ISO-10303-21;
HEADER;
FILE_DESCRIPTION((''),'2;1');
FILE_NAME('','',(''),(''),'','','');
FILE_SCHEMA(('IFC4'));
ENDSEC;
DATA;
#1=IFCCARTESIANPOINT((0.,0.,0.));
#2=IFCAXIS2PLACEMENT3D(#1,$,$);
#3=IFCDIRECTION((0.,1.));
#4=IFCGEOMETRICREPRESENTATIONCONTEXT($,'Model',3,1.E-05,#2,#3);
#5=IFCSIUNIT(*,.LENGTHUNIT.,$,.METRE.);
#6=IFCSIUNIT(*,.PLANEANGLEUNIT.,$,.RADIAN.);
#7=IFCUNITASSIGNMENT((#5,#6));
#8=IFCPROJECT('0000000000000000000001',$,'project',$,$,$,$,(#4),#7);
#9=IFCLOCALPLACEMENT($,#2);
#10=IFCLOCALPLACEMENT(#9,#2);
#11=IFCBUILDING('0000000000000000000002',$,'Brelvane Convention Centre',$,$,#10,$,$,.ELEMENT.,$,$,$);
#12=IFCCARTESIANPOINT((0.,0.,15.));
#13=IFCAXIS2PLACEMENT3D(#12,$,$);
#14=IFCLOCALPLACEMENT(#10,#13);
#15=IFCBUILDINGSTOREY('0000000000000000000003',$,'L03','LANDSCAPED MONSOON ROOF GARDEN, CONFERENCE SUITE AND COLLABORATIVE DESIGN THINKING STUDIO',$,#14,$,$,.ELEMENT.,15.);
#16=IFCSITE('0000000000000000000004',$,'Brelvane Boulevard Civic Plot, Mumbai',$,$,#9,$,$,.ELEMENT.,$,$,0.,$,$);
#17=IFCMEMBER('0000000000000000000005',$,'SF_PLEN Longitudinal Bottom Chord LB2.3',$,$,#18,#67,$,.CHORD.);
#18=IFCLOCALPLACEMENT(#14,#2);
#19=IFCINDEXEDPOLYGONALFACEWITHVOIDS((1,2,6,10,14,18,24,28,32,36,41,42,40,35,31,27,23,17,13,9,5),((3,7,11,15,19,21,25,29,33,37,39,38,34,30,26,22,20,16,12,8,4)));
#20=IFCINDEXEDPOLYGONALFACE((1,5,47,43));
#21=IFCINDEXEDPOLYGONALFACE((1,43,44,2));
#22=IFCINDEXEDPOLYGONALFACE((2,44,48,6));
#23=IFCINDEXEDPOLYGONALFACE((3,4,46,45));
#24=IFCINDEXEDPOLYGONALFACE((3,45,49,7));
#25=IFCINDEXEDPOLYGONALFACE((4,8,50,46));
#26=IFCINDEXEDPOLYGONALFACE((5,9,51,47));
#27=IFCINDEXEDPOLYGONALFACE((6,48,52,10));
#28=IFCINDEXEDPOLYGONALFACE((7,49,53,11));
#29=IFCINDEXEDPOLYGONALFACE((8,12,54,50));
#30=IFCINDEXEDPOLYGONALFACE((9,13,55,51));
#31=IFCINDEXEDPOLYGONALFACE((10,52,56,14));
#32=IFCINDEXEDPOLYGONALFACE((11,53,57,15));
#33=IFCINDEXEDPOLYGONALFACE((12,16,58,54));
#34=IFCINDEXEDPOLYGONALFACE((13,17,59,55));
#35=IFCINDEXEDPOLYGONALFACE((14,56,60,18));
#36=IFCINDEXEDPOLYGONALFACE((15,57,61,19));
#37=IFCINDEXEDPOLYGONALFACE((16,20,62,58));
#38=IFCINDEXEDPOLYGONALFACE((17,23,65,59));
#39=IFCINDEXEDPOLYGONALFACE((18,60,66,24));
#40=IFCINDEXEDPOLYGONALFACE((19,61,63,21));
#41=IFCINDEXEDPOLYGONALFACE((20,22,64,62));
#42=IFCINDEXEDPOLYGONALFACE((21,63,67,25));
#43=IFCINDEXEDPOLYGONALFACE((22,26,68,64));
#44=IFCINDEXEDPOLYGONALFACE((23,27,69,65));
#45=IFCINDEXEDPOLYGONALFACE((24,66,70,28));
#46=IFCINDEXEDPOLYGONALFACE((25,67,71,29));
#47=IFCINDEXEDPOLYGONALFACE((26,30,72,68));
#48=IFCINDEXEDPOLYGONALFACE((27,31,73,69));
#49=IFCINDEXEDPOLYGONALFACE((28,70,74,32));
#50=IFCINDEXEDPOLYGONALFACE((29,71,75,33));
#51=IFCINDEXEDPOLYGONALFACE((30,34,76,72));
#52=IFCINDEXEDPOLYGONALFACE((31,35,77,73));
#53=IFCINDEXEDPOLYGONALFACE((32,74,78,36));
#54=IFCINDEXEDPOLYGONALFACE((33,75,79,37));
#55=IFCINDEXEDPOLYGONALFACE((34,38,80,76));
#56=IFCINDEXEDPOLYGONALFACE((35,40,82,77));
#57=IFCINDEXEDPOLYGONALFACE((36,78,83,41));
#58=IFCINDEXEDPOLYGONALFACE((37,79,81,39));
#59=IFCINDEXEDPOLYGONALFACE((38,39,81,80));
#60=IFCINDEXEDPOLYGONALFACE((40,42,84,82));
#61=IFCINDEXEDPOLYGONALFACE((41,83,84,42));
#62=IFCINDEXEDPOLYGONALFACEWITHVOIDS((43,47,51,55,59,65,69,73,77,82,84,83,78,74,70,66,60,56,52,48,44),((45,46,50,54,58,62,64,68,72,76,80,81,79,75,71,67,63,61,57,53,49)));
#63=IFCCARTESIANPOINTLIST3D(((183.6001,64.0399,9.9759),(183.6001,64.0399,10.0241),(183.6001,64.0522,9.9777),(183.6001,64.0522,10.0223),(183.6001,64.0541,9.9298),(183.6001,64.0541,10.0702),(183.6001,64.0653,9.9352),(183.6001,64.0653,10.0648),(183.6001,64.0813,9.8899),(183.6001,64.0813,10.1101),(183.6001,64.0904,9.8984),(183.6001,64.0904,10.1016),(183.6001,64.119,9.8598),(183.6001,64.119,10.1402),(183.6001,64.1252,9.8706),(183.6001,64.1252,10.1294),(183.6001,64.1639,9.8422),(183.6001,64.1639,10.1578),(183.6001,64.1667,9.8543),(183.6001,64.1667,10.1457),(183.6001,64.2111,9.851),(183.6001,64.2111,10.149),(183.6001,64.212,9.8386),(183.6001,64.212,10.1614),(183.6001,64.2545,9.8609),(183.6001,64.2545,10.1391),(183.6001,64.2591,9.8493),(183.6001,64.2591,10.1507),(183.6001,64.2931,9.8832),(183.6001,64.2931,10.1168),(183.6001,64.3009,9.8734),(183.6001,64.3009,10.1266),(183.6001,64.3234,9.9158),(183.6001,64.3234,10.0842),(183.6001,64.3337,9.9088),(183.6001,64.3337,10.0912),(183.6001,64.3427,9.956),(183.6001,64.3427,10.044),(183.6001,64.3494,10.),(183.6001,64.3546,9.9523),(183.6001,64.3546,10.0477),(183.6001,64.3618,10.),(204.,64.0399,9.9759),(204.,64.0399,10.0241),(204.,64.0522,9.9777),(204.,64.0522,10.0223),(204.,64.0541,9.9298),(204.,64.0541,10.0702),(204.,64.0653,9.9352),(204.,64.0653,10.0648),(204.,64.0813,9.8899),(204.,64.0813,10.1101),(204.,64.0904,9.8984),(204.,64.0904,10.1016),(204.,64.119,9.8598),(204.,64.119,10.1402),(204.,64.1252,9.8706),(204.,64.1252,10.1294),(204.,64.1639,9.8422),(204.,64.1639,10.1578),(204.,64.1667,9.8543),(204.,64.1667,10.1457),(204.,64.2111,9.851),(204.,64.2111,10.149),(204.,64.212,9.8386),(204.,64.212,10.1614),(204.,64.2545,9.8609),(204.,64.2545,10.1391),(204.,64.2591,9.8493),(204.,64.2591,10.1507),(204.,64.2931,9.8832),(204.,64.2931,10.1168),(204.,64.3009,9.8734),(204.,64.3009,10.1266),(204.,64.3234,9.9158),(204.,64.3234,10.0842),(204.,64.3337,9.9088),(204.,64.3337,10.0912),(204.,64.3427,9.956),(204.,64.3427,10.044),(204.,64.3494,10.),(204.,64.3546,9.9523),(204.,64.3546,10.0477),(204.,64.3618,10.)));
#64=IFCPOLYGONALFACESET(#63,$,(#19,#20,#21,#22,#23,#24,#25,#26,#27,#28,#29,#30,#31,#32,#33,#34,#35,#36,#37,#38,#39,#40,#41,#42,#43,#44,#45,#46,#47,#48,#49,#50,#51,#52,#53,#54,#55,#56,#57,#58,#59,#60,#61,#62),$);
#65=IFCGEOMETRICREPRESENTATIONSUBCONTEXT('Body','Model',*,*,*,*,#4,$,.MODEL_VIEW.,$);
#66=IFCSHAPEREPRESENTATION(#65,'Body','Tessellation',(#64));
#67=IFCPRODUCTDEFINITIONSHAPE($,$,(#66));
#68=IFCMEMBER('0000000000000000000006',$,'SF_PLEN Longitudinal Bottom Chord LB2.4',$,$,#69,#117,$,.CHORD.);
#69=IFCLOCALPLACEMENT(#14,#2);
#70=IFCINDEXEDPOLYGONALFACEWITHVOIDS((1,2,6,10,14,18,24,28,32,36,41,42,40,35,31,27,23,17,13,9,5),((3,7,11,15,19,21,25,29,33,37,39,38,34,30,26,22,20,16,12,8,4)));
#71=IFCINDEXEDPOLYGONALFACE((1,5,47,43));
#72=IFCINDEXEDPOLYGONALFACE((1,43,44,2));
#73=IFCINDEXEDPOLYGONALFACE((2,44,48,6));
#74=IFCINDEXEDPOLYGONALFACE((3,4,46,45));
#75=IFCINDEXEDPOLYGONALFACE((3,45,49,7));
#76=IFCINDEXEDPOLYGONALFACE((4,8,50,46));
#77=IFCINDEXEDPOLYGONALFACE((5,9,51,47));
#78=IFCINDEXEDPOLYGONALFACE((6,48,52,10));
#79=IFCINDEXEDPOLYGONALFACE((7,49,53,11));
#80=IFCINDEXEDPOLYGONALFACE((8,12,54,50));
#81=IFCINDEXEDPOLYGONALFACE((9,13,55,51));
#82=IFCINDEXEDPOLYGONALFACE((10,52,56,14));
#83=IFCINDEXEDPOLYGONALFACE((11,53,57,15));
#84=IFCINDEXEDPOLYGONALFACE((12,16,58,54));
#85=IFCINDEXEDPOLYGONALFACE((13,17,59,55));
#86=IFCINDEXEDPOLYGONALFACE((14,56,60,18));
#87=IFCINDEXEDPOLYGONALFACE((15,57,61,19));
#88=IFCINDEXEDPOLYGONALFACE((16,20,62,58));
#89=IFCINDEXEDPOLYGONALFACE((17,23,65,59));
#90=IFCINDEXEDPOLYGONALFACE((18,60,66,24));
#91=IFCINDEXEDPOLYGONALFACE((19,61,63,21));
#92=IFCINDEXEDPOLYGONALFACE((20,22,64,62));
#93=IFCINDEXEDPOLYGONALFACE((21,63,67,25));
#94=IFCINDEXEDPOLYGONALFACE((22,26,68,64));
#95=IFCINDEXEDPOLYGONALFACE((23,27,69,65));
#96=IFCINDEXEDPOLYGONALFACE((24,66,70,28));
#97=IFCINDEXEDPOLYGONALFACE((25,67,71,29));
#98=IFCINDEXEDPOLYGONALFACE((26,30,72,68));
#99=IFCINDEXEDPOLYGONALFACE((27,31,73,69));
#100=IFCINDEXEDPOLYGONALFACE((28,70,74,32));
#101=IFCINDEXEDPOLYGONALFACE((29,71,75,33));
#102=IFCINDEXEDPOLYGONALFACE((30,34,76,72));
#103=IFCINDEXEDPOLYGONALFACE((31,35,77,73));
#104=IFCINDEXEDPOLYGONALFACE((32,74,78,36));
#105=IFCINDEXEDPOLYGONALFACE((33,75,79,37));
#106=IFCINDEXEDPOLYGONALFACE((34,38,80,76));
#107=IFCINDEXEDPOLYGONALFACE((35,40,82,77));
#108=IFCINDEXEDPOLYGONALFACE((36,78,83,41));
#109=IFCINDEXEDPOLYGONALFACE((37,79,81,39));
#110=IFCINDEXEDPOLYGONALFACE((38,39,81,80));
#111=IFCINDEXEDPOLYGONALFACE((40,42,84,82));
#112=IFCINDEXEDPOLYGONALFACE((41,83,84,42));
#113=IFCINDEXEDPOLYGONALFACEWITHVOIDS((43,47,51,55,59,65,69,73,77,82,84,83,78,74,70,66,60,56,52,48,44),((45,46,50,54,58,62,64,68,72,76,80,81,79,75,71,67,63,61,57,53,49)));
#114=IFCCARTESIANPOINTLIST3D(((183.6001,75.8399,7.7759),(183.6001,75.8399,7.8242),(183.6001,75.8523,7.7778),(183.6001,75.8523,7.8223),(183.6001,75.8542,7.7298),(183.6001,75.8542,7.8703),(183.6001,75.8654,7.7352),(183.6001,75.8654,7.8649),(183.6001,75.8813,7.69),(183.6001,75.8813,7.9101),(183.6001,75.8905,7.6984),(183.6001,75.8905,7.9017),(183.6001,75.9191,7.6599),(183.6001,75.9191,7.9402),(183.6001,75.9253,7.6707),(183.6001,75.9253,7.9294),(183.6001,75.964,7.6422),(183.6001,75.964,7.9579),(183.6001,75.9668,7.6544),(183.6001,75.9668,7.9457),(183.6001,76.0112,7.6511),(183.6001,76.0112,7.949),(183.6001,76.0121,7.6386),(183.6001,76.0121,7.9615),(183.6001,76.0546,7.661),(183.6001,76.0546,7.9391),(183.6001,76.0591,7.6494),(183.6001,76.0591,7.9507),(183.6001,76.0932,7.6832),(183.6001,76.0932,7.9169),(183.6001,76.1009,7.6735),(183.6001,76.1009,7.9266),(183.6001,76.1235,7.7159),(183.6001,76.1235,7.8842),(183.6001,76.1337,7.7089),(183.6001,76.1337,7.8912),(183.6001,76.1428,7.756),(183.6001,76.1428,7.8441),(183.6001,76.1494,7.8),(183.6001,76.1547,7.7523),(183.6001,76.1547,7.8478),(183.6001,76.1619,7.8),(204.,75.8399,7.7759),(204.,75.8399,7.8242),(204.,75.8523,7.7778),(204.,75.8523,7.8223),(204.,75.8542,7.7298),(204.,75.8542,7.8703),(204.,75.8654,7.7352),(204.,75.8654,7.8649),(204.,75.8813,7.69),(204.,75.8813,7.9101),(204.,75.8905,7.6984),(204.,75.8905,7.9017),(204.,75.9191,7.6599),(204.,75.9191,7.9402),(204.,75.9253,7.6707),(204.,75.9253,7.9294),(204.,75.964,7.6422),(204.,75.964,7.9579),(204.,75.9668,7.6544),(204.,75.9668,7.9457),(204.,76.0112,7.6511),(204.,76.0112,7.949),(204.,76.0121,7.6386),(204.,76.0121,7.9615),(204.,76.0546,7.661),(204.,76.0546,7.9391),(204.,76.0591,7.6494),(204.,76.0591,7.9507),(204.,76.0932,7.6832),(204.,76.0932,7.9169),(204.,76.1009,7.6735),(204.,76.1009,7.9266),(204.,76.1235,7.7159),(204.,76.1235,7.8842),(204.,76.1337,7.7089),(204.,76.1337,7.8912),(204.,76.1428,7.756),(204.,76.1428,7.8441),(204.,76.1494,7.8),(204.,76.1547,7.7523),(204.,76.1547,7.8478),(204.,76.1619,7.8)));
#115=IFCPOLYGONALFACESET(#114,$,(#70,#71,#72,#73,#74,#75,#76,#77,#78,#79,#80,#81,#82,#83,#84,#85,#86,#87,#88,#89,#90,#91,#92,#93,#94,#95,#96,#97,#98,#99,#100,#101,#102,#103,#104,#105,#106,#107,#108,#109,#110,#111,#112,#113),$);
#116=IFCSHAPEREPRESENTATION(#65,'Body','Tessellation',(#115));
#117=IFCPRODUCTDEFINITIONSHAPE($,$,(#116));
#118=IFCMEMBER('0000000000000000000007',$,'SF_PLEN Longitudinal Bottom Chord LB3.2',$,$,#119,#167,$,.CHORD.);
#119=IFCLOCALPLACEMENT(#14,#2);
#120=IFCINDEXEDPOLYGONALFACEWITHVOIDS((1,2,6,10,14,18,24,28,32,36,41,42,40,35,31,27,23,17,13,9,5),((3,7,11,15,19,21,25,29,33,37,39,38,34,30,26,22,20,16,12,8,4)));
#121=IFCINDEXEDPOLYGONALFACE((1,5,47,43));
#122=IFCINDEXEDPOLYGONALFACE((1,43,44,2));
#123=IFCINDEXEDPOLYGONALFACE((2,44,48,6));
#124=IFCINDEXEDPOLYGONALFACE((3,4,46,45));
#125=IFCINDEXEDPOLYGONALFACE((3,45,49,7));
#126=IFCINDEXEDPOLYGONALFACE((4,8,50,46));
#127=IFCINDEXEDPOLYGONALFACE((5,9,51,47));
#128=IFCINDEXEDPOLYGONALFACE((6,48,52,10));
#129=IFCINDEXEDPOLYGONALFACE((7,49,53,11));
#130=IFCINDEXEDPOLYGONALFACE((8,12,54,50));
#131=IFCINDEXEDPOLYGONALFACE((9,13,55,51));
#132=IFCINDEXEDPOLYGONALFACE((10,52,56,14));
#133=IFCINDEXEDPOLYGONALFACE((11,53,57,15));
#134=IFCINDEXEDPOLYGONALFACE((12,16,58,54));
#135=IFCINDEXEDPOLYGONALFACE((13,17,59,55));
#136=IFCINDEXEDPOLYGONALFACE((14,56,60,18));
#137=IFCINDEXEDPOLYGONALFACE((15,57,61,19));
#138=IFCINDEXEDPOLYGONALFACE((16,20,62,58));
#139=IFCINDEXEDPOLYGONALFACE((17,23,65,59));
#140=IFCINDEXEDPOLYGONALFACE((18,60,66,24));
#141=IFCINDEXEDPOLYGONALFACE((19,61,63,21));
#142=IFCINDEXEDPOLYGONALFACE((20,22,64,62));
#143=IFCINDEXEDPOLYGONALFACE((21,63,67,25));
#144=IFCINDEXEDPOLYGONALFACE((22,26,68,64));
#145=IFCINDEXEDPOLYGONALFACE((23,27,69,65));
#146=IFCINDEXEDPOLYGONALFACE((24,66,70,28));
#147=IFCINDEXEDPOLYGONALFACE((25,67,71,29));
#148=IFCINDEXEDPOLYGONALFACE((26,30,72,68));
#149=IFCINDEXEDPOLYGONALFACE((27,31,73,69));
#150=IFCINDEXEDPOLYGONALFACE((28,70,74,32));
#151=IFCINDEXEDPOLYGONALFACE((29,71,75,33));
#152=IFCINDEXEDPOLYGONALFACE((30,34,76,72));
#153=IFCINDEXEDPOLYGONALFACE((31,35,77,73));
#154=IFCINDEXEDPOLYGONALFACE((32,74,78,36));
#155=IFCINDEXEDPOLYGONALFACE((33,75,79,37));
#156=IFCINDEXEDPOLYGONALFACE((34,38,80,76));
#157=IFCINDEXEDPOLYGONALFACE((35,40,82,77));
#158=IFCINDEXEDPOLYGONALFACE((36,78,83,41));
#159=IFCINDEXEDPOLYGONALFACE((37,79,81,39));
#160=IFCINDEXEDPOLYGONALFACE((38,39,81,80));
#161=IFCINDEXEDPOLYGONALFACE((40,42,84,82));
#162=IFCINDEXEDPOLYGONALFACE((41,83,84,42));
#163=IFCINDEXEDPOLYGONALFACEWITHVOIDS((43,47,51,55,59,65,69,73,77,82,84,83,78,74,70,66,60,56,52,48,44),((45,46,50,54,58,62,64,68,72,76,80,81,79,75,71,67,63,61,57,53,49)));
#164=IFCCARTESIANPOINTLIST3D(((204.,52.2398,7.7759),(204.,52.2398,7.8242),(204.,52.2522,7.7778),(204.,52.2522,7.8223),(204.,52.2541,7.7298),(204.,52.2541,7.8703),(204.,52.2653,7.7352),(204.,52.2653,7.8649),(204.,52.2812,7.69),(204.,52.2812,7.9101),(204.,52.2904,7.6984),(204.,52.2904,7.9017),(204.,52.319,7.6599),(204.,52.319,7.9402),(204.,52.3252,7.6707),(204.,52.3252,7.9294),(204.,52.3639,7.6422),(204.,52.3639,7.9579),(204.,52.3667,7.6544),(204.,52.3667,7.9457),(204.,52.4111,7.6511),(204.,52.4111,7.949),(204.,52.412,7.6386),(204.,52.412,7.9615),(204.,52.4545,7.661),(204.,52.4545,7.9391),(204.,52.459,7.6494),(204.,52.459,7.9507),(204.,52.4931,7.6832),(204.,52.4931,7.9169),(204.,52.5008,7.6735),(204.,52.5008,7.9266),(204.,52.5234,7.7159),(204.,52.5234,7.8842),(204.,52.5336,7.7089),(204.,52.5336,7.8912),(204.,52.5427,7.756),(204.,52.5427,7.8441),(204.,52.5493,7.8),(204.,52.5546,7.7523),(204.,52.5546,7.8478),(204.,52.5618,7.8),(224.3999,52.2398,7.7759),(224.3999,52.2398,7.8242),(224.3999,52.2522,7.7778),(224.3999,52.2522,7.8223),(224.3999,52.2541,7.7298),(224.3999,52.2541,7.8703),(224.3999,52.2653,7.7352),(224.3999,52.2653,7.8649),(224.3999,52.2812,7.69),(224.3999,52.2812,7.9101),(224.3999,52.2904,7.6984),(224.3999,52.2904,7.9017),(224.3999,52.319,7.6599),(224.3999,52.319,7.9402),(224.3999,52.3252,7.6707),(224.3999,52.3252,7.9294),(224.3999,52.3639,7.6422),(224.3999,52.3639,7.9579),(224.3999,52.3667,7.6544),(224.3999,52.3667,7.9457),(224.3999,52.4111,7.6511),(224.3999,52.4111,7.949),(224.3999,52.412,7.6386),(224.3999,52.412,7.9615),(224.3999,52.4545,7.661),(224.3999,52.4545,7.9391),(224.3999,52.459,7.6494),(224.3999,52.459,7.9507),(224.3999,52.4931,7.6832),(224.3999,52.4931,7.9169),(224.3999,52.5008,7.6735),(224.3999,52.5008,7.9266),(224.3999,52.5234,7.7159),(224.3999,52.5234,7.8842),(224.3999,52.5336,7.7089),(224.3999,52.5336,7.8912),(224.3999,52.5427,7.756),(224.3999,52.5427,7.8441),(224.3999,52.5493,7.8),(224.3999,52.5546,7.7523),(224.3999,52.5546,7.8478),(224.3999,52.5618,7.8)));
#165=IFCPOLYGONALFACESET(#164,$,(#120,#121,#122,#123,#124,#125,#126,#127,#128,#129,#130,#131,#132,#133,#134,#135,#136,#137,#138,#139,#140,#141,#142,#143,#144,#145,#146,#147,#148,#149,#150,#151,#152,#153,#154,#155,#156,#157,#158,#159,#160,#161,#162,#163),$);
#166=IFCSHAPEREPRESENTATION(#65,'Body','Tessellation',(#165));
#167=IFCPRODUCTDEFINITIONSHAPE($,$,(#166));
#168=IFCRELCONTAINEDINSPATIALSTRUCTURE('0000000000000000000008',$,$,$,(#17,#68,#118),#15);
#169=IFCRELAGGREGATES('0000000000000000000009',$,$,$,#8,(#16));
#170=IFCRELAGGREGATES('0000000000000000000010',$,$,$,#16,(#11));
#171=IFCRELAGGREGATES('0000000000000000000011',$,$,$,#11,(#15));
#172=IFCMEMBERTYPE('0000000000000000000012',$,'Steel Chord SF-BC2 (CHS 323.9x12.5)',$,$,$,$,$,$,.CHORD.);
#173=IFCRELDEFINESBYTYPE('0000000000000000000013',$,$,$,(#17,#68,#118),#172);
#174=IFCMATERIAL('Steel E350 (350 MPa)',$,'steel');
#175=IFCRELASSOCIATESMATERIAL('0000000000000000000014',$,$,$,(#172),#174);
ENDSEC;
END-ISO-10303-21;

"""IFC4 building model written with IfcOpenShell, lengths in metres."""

from ifc_helpers import new_model, si_unit, direction, frame, origin, origin_2d, place, context, subcontext, project, spatial, hollow_circle, extrude, material, material_profile, profile_set, type_object, element, save


model = new_model("IFC4")

# Units and contexts
model_context = context("Model", 3, precision=1e-05, world=origin(), true_north=direction((0.0, 1.0)))
body_context = subcontext(model_context, "Body", "Model", "MODEL_VIEW")
ifc_project = project(units=[si_unit("LENGTHUNIT", "METRE"), si_unit("PLANEANGLEUNIT", "RADIAN")], contexts=[model_context])

# Site, building, storey
site_placement = place(None, origin())
site = spatial("IfcSite", under=ifc_project, at=site_placement, Name="Brelvane Boulevard Civic Plot, Mumbai", CompositionType="ELEMENT", RefElevation=0.0)
building_placement = place(site_placement, origin())
building = spatial("IfcBuilding", under=site, at=building_placement, Name="Brelvane Convention Centre", CompositionType="ELEMENT")
storey_placement = place(building_placement, frame((0.0, 0.0, 15.0)))
storey = spatial("IfcBuildingStorey", under=building, at=storey_placement, Name="L03", Description="LANDSCAPED MONSOON ROOF GARDEN, CONFERENCE SUITE AND COLLABORATIVE DESIGN THINKING STUDIO", CompositionType="ELEMENT", Elevation=15.0)

# Members
ifc_material_1 = material(Name="Steel E350 (350 MPa)", Category="steel")
ifc_material_profile_1 = material_profile(ifc_material_1, hollow_circle(Radius=0.1619, WallThickness=0.0125, at=origin_2d()), Name="CHS 323.9x12.5")
ifc_profile_set_1 = profile_set([ifc_material_profile_1], Name="Steel E350 (350 MPa)")
member_type_1 = type_object("IfcMemberType", Name="Steel Chord SF-BC2 (CHS 323.9x12.5)", PredefinedType="CHORD", material=ifc_profile_set_1)
for number, where, z_axis, x_axis, name in (
    (1, (183.6001, 64.2, 10.0), (1.0, 0.0, 0.0), (0.0, 1.0, 0.0), "SF_PLEN Longitudinal Bottom Chord LB2.3"),
    (2, (183.6001, 76.0, 7.8), (1.0, 0.0, 0.0), (0.0, 1.0, 0.0), "SF_PLEN Longitudinal Bottom Chord LB2.4"),
    (3, (204.0, 52.3999, 7.8), (1.0, 0.0, 0.0), (0.0, 1.0, 0.0), "SF_PLEN Longitudinal Bottom Chord LB3.2"),
):
    element("IfcMember", number, at=place(storey_placement, frame(where, z_axis=z_axis, x_axis=x_axis)), inside=storey, type_object=member_type_1, Name=name, PredefinedType="CHORD", context=body_context, shape_type="SweptSolid", body=[
        extrude(hollow_circle(Radius=0.1619, WallThickness=0.0125, at=origin_2d()), origin(), (0.0, 0.0, 1.0), 20.3999),
    ])

save(model, "model.ifc")
